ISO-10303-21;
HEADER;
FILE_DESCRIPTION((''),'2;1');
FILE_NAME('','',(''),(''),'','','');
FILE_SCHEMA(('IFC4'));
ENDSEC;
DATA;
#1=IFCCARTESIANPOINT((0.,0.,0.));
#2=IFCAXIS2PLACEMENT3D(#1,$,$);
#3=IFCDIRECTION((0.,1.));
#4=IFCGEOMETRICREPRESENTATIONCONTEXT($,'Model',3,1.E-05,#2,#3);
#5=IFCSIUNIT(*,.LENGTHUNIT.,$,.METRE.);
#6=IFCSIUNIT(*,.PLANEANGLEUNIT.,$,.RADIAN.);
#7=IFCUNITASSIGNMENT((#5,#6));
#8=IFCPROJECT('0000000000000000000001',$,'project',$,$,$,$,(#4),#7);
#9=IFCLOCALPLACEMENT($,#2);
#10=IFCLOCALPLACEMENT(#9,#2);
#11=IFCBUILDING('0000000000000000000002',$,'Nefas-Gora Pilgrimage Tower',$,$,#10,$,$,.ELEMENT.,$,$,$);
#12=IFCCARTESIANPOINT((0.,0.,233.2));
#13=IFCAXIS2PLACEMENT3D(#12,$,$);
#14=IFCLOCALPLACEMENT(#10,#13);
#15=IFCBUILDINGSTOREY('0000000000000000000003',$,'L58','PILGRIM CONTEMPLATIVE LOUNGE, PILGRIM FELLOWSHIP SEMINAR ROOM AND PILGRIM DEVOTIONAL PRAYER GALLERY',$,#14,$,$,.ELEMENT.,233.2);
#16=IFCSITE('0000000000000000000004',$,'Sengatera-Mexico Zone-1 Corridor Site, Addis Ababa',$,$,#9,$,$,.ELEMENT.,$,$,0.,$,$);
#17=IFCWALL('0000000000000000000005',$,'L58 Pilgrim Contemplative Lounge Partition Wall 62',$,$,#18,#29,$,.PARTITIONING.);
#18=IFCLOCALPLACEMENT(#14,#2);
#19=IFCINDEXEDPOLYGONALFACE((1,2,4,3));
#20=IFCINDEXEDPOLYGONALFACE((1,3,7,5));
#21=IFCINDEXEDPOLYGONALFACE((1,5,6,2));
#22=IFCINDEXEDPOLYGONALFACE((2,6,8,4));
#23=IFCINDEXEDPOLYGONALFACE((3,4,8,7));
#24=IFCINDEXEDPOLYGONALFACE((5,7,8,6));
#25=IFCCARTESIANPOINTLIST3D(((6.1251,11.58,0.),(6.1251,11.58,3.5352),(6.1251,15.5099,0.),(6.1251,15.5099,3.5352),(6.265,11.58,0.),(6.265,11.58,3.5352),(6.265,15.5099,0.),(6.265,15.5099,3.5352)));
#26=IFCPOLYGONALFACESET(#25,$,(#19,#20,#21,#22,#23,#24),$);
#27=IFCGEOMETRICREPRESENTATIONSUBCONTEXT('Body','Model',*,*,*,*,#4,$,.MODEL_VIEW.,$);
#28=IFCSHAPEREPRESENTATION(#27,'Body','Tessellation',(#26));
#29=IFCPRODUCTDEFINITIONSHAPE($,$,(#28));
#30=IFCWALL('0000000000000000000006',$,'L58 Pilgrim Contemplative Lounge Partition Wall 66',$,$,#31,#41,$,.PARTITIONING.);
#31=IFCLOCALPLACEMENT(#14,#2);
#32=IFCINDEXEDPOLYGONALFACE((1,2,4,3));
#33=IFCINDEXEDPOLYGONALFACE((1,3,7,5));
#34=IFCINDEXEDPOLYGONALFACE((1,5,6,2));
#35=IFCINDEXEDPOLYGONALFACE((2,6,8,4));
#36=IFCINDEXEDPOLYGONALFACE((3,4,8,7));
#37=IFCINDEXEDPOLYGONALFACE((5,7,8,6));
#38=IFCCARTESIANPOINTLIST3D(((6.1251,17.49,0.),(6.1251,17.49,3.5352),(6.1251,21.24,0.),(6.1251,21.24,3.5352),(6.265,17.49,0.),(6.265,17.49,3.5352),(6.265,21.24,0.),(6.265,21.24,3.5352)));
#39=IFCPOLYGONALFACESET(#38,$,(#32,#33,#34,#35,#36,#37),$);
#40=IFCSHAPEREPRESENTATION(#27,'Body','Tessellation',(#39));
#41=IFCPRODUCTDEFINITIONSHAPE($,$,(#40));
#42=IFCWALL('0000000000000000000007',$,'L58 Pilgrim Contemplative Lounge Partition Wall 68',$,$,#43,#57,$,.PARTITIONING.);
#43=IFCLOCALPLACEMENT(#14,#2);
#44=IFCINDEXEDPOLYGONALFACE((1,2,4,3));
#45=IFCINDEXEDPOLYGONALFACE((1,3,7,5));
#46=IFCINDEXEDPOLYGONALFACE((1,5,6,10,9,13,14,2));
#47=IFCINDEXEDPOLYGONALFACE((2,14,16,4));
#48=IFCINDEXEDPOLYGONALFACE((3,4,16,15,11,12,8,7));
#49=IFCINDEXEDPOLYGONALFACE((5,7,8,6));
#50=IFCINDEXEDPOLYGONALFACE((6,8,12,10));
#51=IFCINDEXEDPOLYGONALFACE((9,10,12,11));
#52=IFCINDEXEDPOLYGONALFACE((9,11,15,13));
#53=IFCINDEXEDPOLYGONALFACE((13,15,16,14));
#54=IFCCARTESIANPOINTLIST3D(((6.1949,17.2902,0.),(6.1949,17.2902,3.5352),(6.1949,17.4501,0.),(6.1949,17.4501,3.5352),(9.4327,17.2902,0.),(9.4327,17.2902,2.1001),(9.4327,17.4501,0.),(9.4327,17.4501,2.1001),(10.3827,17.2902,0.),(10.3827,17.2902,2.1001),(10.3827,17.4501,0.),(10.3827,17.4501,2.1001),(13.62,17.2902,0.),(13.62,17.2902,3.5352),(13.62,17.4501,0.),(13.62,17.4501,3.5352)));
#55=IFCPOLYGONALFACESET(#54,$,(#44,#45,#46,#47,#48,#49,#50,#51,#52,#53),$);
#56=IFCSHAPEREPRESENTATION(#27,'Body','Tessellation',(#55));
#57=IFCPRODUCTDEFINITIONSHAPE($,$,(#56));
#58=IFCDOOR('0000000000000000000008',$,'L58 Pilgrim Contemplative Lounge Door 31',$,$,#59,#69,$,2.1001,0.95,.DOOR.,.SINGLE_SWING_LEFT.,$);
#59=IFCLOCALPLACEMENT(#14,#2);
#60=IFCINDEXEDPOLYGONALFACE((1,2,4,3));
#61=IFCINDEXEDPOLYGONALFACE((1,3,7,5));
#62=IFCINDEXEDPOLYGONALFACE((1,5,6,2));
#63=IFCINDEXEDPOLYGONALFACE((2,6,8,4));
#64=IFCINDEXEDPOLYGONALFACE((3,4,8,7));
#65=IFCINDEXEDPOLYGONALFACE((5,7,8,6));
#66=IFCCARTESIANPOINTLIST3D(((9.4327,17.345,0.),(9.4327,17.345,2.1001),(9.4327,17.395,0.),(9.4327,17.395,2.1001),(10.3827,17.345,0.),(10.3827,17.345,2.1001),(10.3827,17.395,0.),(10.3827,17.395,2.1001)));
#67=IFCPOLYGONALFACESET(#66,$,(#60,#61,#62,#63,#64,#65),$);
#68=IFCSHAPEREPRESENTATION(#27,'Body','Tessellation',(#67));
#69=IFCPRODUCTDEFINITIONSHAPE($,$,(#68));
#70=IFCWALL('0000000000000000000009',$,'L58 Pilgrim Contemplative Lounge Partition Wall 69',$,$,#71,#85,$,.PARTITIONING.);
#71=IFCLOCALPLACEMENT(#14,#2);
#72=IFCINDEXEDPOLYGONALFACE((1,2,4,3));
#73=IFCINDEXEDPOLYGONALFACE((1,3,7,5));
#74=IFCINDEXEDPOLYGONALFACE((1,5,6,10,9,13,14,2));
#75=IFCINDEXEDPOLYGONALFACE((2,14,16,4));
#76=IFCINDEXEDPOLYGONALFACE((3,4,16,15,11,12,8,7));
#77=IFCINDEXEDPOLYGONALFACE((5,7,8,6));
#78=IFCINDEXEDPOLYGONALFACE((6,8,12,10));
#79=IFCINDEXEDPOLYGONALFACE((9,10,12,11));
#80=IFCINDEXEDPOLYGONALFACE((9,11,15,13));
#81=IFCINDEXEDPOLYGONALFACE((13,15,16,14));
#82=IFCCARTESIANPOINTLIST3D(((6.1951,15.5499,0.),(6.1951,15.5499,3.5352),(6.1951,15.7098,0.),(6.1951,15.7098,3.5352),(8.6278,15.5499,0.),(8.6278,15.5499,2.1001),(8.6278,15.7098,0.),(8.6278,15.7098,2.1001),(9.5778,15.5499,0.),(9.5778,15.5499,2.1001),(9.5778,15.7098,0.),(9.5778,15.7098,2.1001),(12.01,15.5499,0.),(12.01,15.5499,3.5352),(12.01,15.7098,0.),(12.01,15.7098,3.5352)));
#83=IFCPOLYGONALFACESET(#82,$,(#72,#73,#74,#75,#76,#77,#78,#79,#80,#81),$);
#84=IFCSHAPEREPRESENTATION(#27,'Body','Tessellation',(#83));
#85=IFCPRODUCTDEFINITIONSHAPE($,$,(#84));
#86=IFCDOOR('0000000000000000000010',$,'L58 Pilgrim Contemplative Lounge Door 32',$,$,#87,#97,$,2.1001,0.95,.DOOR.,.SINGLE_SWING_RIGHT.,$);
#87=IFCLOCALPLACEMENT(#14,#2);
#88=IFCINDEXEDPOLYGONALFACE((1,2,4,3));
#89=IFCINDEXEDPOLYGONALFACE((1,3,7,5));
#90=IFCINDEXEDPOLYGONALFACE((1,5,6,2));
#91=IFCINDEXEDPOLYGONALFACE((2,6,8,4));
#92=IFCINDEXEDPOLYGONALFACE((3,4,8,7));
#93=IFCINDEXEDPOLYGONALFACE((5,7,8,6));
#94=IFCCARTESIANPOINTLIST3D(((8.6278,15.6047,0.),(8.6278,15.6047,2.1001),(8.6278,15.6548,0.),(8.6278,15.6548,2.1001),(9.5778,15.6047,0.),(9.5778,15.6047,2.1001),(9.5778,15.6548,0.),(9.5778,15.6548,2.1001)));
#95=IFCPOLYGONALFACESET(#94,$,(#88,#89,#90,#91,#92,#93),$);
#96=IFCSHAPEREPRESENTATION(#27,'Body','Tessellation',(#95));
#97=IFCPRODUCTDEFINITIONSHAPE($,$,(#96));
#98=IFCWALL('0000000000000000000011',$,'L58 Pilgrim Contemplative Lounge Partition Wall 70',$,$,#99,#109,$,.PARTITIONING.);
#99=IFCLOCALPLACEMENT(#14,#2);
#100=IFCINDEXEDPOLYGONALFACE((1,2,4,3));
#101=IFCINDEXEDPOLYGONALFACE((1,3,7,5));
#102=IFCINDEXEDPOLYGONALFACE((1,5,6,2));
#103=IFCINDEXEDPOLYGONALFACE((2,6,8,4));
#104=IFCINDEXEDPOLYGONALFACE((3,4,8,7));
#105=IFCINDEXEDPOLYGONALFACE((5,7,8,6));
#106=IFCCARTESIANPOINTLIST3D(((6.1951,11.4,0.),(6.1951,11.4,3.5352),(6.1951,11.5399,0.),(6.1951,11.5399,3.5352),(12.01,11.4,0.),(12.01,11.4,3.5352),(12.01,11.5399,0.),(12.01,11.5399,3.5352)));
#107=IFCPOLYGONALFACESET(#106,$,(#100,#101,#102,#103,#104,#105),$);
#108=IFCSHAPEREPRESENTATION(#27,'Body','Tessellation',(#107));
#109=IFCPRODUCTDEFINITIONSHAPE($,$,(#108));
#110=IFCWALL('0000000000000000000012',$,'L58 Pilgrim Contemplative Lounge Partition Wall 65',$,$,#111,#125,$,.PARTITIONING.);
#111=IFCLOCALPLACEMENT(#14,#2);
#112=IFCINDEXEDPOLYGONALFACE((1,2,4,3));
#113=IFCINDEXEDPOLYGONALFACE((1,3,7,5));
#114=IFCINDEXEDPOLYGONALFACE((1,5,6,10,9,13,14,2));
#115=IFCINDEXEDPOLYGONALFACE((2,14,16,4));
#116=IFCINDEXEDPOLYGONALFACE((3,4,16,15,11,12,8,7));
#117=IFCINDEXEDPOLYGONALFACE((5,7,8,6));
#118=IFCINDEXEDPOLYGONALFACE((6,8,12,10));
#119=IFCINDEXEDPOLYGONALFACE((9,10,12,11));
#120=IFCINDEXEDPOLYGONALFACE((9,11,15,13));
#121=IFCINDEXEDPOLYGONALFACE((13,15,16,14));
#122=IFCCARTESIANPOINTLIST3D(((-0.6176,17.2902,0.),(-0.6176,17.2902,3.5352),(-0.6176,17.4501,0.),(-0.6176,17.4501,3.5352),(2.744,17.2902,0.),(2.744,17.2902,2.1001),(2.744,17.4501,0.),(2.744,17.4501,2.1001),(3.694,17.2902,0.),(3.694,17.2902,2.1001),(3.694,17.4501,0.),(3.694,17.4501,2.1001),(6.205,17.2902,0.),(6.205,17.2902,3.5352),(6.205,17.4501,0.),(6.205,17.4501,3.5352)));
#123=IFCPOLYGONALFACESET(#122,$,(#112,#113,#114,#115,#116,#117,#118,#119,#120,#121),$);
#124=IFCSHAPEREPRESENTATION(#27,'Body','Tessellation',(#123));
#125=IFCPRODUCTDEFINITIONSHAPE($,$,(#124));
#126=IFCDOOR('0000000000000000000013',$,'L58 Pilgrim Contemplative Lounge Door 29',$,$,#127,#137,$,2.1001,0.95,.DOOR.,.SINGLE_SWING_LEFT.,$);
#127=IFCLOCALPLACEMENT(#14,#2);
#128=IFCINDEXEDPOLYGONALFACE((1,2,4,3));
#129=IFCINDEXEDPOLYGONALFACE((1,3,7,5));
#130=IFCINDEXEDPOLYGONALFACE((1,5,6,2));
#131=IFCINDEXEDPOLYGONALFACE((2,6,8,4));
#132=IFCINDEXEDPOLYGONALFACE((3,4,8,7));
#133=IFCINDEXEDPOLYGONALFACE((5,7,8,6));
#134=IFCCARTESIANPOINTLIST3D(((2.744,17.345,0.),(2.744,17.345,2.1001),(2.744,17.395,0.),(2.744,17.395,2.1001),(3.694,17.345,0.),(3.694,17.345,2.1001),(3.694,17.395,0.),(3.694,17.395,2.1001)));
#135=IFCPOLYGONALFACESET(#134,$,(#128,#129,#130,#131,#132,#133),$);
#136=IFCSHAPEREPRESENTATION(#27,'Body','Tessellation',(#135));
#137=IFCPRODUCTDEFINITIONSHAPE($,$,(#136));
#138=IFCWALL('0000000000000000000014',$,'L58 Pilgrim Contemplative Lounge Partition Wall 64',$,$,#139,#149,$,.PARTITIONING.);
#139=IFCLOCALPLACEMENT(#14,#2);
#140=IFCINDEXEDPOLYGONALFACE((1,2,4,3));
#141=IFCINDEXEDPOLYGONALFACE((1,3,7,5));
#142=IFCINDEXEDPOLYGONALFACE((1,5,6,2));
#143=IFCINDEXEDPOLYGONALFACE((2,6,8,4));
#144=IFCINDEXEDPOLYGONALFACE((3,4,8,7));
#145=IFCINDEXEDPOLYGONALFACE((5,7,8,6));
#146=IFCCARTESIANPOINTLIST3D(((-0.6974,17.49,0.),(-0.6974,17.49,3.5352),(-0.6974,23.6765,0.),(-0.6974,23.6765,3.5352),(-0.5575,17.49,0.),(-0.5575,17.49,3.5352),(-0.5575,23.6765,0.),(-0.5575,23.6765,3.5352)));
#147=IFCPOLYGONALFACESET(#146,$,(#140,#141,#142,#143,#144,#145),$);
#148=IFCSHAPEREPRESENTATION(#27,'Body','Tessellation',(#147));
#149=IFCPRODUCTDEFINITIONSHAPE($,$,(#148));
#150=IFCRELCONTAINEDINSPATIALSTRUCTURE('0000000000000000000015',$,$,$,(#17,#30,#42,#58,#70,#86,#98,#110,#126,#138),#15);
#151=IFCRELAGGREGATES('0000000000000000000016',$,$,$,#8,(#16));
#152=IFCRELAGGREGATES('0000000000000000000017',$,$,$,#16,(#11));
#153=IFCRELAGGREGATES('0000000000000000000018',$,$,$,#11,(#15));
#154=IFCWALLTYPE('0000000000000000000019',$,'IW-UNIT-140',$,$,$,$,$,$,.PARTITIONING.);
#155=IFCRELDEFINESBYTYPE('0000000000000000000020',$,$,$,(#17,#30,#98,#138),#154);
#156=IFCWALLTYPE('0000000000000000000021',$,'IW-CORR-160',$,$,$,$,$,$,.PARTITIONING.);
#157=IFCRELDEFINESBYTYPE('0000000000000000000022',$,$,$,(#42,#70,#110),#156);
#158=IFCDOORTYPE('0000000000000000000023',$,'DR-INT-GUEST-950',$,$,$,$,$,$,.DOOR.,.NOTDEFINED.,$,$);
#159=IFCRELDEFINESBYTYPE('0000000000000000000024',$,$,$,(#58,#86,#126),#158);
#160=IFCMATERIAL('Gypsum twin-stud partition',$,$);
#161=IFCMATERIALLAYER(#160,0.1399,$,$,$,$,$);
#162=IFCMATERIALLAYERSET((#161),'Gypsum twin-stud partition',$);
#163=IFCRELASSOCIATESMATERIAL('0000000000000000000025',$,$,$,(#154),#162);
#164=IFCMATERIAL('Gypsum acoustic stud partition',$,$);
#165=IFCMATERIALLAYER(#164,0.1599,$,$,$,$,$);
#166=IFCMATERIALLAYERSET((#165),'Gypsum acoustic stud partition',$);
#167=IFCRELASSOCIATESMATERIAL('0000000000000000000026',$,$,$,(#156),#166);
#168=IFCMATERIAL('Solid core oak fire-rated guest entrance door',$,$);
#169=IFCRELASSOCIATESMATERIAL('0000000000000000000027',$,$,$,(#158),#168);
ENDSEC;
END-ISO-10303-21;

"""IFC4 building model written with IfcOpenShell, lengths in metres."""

from ifc_helpers import new_model, si_unit, direction, frame, frame_2d, origin, place, context, subcontext, project, spatial, rectangle, extrude, source, transform, mapped, material, layer, layer_set, type_object, element, fill, save


model = new_model("IFC4")

# Units and contexts
model_context = context("Model", 3, precision=1e-05, world=origin(), true_north=direction((0.0, 1.0)))
body_context = subcontext(model_context, "Body", "Model", "MODEL_VIEW")
ifc_project = project(units=[si_unit("LENGTHUNIT", "METRE"), si_unit("PLANEANGLEUNIT", "RADIAN")], contexts=[model_context])

# Site, building, storey
site_placement = place(None, origin())
site = spatial("IfcSite", under=ifc_project, at=site_placement, Name="Sengatera-Mexico Zone-1 Corridor Site, Addis Ababa", CompositionType="ELEMENT", RefElevation=0.0)
building_placement = place(site_placement, origin())
building = spatial("IfcBuilding", under=site, at=building_placement, Name="Nefas-Gora Pilgrimage Tower", CompositionType="ELEMENT")
storey_placement = place(building_placement, frame((0.0, 0.0, 233.2)))
storey = spatial("IfcBuildingStorey", under=building, at=storey_placement, Name="L58", Description="PILGRIM CONTEMPLATIVE LOUNGE, PILGRIM FELLOWSHIP SEMINAR ROOM AND PILGRIM DEVOTIONAL PRAYER GALLERY", CompositionType="ELEMENT", Elevation=233.2)

# Walls
ifc_material_1 = material(Name="Gypsum twin-stud partition")
ifc_layer_1 = layer(ifc_material_1, 0.1399)
ifc_layer_set_1 = layer_set([ifc_layer_1], Name="Gypsum twin-stud partition")
wall_type_1 = type_object("IfcWallType", Name="IW-UNIT-140", PredefinedType="PARTITIONING", material=ifc_layer_set_1)
shared_shape_1 = source(origin(), body_context, "Body", "SweptSolid", [
    extrude(rectangle(XDim=3.9299, YDim=0.1399, at=frame_2d((1.9648, 0.0))), origin(), (0.0, 0.0, 1.0), 3.5352),
])
wall_1_placement = place(storey_placement, frame((6.1951, 11.5801, 0.0), z_axis=(0.0, 0.0, 1.0), x_axis=(0.0, 1.0, 0.0)))
element("IfcWall", 1, at=wall_1_placement, inside=storey, type_object=wall_type_1, Name="L58 Pilgrim Contemplative Lounge Partition Wall 62", PredefinedType="PARTITIONING", context=body_context, shape_type="MappedRepresentation", body=[
    mapped(shared_shape_1, transform((0.0, 0.0, 0.0), x_axis=(1.0, 0.0, 0.0), y_axis=(0.0, 1.0, 0.0), z_axis=(0.0, 0.0, 1.0), scale=1.0)),
])
shared_shape_2 = source(origin(), body_context, "Body", "SweptSolid", [
    extrude(rectangle(XDim=3.75, YDim=0.1399, at=frame_2d((1.875, 0.0))), origin(), (0.0, 0.0, 1.0), 3.5352),
])
wall_2_placement = place(storey_placement, frame((6.1951, 17.49, 0.0), z_axis=(0.0, 0.0, 1.0), x_axis=(0.0, 1.0, 0.0)))
element("IfcWall", 2, at=wall_2_placement, inside=storey, type_object=wall_type_1, Name="L58 Pilgrim Contemplative Lounge Partition Wall 66", PredefinedType="PARTITIONING", context=body_context, shape_type="MappedRepresentation", body=[
    mapped(shared_shape_2, transform((0.0, 0.0, 0.0), x_axis=(1.0, 0.0, 0.0), y_axis=(0.0, 1.0, 0.0), z_axis=(0.0, 0.0, 1.0), scale=1.0)),
])

# Walls, openings, doors
ifc_material_2 = material(Name="Gypsum acoustic stud partition")
ifc_layer_2 = layer(ifc_material_2, 0.1599)
ifc_layer_set_2 = layer_set([ifc_layer_2], Name="Gypsum acoustic stud partition")
wall_type_2 = type_object("IfcWallType", Name="IW-CORR-160", PredefinedType="PARTITIONING", material=ifc_layer_set_2)
shared_shape_3 = source(origin(), body_context, "Body", "SweptSolid", [
    extrude(rectangle(XDim=7.425, YDim=0.1599, at=frame_2d((3.7124, 0.0))), origin(), (0.0, 0.0, 1.0), 3.5352),
])
wall_3_placement = place(storey_placement, frame((6.1951, 17.3701, 0.0), z_axis=(0.0, 0.0, 1.0), x_axis=(1.0, 0.0, 0.0)))
wall_3 = element("IfcWall", 3, at=wall_3_placement, inside=storey, type_object=wall_type_2, Name="L58 Pilgrim Contemplative Lounge Partition Wall 68", PredefinedType="PARTITIONING", context=body_context, shape_type="MappedRepresentation", body=[
    mapped(shared_shape_3, transform((0.0, 0.0, 0.0), x_axis=(1.0, 0.0, 0.0), y_axis=(0.0, 1.0, 0.0), z_axis=(0.0, 0.0, 1.0), scale=1.0)),
])
opening_1_placement = place(wall_3_placement, frame((3.2375, 0.0, 0.0)))
opening_1 = element("IfcOpeningElement", 4, at=opening_1_placement, cuts=wall_3, PredefinedType="OPENING", context=body_context, shape_type="SweptSolid", body=[
    extrude(rectangle(XDim=0.95, YDim=2.1001, at=frame_2d((0.4751, 1.05))), frame((0.0, 0.0898, 0.0), z_axis=(0.0, -1.0, 0.0), x_axis=(1.0, 0.0, 0.0)), (0.0, 0.0, 1.0), 0.1799),
])
ifc_material_3 = material(Name="Solid core oak fire-rated guest entrance door")
door_type_1 = type_object("IfcDoorType", Name="DR-INT-GUEST-950", OperationType="NOTDEFINED", PredefinedType="DOOR", material=ifc_material_3)
shared_shape_4 = source(origin(), body_context, "Body", "SweptSolid", [
    extrude(rectangle(XDim=0.95, YDim=2.1001, at=frame_2d((0.4751, 1.05))), frame((0.0, 0.0249, 0.0), z_axis=(0.0, -1.0, 0.0), x_axis=(1.0, 0.0, 0.0)), (0.0, 0.0, 1.0), 0.05),
])
door_1_placement = place(opening_1_placement, origin())
door_1 = element("IfcDoor", 5, at=door_1_placement, inside=storey, type_object=door_type_1, Name="L58 Pilgrim Contemplative Lounge Door 31", OperationType="SINGLE_SWING_LEFT", OverallHeight=2.1001, OverallWidth=0.95, PredefinedType="DOOR", context=body_context, shape_type="MappedRepresentation", body=[
    mapped(shared_shape_4, transform((0.0, 0.0, 0.0), x_axis=(1.0, 0.0, 0.0), y_axis=(0.0, 1.0, 0.0), z_axis=(0.0, 0.0, 1.0), scale=1.0)),
])
fill(opening_1, door_1)
shared_shape_5 = source(origin(), body_context, "Body", "SweptSolid", [
    extrude(rectangle(XDim=5.8149, YDim=0.1599, at=frame_2d((2.9075, 0.0))), origin(), (0.0, 0.0, 1.0), 3.5352),
])
wall_4_placement = place(storey_placement, frame((6.1951, 15.6299, 0.0), z_axis=(0.0, 0.0, 1.0), x_axis=(1.0, 0.0, 0.0)))
wall_4 = element("IfcWall", 6, at=wall_4_placement, inside=storey, type_object=wall_type_2, Name="L58 Pilgrim Contemplative Lounge Partition Wall 69", PredefinedType="PARTITIONING", context=body_context, shape_type="MappedRepresentation", body=[
    mapped(shared_shape_5, transform((0.0, 0.0, 0.0), x_axis=(1.0, 0.0, 0.0), y_axis=(0.0, 1.0, 0.0), z_axis=(0.0, 0.0, 1.0), scale=1.0)),
])
opening_2_placement = place(wall_4_placement, frame((2.4326, 0.0, 0.0)))
opening_2 = element("IfcOpeningElement", 7, at=opening_2_placement, cuts=wall_4, PredefinedType="OPENING", context=body_context, shape_type="SweptSolid", body=[
    extrude(rectangle(XDim=0.95, YDim=2.1001, at=frame_2d((0.4751, 1.05))), frame((0.0, 0.0898, 0.0), z_axis=(0.0, -1.0, 0.0), x_axis=(1.0, 0.0, 0.0)), (0.0, 0.0, 1.0), 0.1799),
])
door_2_placement = place(opening_2_placement, origin())
door_2 = element("IfcDoor", 8, at=door_2_placement, inside=storey, type_object=door_type_1, Name="L58 Pilgrim Contemplative Lounge Door 32", OperationType="SINGLE_SWING_RIGHT", OverallHeight=2.1001, OverallWidth=0.95, PredefinedType="DOOR", context=body_context, shape_type="MappedRepresentation", body=[
    mapped(shared_shape_4, transform((0.0, 0.0, 0.0), x_axis=(1.0, 0.0, 0.0), y_axis=(0.0, 1.0, 0.0), z_axis=(0.0, 0.0, 1.0), scale=1.0)),
])
fill(opening_2, door_2)

# Wall
shared_shape_6 = source(origin(), body_context, "Body", "SweptSolid", [
    extrude(rectangle(XDim=5.8149, YDim=0.1399, at=frame_2d((2.9075, 0.0))), origin(), (0.0, 0.0, 1.0), 3.5352),
])
wall_5_placement = place(storey_placement, frame((6.1951, 11.47, 0.0), z_axis=(0.0, 0.0, 1.0), x_axis=(1.0, 0.0, 0.0)))
element("IfcWall", 9, at=wall_5_placement, inside=storey, type_object=wall_type_1, Name="L58 Pilgrim Contemplative Lounge Partition Wall 70", PredefinedType="PARTITIONING", context=body_context, shape_type="MappedRepresentation", body=[
    mapped(shared_shape_6, transform((0.0, 0.0, 0.0), x_axis=(1.0, 0.0, 0.0), y_axis=(0.0, 1.0, 0.0), z_axis=(0.0, 0.0, 1.0), scale=1.0)),
])

# Wall, opening, door
shared_shape_7 = source(origin(), body_context, "Body", "SweptSolid", [
    extrude(rectangle(XDim=6.8225, YDim=0.1599, at=frame_2d((3.4111, 0.0))), origin(), (0.0, 0.0, 1.0), 3.5352),
])
wall_6_placement = place(storey_placement, frame((-0.6174, 17.3701, 0.0), z_axis=(0.0, 0.0, 1.0), x_axis=(1.0, 0.0, 0.0)))
wall_6 = element("IfcWall", 10, at=wall_6_placement, inside=storey, type_object=wall_type_2, Name="L58 Pilgrim Contemplative Lounge Partition Wall 65", PredefinedType="PARTITIONING", context=body_context, shape_type="MappedRepresentation", body=[
    mapped(shared_shape_7, transform((0.0, 0.0, 0.0), x_axis=(1.0, 0.0, 0.0), y_axis=(0.0, 1.0, 0.0), z_axis=(0.0, 0.0, 1.0), scale=1.0)),
])
opening_3_placement = place(wall_6_placement, frame((3.3613, 0.0, 0.0)))
opening_3 = element("IfcOpeningElement", 11, at=opening_3_placement, cuts=wall_6, PredefinedType="OPENING", context=body_context, shape_type="SweptSolid", body=[
    extrude(rectangle(XDim=0.95, YDim=2.1001, at=frame_2d((0.4751, 1.05))), frame((0.0, 0.0898, 0.0), z_axis=(0.0, -1.0, 0.0), x_axis=(1.0, 0.0, 0.0)), (0.0, 0.0, 1.0), 0.1799),
])
door_3_placement = place(opening_3_placement, origin())
door_3 = element("IfcDoor", 12, at=door_3_placement, inside=storey, type_object=door_type_1, Name="L58 Pilgrim Contemplative Lounge Door 29", OperationType="SINGLE_SWING_LEFT", OverallHeight=2.1001, OverallWidth=0.95, PredefinedType="DOOR", context=body_context, shape_type="MappedRepresentation", body=[
    mapped(shared_shape_4, transform((0.0, 0.0, 0.0), x_axis=(1.0, 0.0, 0.0), y_axis=(0.0, 1.0, 0.0), z_axis=(0.0, 0.0, 1.0), scale=1.0)),
])
fill(opening_3, door_3)

# Wall
shared_shape_8 = source(origin(), body_context, "Body", "SweptSolid", [
    extrude(rectangle(XDim=6.1865, YDim=0.1399, at=frame_2d((3.0933, 0.0))), origin(), (0.0, 0.0, 1.0), 3.5352),
])
wall_7_placement = place(storey_placement, frame((-0.6274, 17.49, 0.0), z_axis=(0.0, 0.0, 1.0), x_axis=(0.0, 1.0, 0.0)))
element("IfcWall", 13, at=wall_7_placement, inside=storey, type_object=wall_type_1, Name="L58 Pilgrim Contemplative Lounge Partition Wall 64", PredefinedType="PARTITIONING", context=body_context, shape_type="MappedRepresentation", body=[
    mapped(shared_shape_8, transform((0.0, 0.0, 0.0), x_axis=(1.0, 0.0, 0.0), y_axis=(0.0, 1.0, 0.0), z_axis=(0.0, 0.0, 1.0), scale=1.0)),
])

save(model, "model.ifc")
